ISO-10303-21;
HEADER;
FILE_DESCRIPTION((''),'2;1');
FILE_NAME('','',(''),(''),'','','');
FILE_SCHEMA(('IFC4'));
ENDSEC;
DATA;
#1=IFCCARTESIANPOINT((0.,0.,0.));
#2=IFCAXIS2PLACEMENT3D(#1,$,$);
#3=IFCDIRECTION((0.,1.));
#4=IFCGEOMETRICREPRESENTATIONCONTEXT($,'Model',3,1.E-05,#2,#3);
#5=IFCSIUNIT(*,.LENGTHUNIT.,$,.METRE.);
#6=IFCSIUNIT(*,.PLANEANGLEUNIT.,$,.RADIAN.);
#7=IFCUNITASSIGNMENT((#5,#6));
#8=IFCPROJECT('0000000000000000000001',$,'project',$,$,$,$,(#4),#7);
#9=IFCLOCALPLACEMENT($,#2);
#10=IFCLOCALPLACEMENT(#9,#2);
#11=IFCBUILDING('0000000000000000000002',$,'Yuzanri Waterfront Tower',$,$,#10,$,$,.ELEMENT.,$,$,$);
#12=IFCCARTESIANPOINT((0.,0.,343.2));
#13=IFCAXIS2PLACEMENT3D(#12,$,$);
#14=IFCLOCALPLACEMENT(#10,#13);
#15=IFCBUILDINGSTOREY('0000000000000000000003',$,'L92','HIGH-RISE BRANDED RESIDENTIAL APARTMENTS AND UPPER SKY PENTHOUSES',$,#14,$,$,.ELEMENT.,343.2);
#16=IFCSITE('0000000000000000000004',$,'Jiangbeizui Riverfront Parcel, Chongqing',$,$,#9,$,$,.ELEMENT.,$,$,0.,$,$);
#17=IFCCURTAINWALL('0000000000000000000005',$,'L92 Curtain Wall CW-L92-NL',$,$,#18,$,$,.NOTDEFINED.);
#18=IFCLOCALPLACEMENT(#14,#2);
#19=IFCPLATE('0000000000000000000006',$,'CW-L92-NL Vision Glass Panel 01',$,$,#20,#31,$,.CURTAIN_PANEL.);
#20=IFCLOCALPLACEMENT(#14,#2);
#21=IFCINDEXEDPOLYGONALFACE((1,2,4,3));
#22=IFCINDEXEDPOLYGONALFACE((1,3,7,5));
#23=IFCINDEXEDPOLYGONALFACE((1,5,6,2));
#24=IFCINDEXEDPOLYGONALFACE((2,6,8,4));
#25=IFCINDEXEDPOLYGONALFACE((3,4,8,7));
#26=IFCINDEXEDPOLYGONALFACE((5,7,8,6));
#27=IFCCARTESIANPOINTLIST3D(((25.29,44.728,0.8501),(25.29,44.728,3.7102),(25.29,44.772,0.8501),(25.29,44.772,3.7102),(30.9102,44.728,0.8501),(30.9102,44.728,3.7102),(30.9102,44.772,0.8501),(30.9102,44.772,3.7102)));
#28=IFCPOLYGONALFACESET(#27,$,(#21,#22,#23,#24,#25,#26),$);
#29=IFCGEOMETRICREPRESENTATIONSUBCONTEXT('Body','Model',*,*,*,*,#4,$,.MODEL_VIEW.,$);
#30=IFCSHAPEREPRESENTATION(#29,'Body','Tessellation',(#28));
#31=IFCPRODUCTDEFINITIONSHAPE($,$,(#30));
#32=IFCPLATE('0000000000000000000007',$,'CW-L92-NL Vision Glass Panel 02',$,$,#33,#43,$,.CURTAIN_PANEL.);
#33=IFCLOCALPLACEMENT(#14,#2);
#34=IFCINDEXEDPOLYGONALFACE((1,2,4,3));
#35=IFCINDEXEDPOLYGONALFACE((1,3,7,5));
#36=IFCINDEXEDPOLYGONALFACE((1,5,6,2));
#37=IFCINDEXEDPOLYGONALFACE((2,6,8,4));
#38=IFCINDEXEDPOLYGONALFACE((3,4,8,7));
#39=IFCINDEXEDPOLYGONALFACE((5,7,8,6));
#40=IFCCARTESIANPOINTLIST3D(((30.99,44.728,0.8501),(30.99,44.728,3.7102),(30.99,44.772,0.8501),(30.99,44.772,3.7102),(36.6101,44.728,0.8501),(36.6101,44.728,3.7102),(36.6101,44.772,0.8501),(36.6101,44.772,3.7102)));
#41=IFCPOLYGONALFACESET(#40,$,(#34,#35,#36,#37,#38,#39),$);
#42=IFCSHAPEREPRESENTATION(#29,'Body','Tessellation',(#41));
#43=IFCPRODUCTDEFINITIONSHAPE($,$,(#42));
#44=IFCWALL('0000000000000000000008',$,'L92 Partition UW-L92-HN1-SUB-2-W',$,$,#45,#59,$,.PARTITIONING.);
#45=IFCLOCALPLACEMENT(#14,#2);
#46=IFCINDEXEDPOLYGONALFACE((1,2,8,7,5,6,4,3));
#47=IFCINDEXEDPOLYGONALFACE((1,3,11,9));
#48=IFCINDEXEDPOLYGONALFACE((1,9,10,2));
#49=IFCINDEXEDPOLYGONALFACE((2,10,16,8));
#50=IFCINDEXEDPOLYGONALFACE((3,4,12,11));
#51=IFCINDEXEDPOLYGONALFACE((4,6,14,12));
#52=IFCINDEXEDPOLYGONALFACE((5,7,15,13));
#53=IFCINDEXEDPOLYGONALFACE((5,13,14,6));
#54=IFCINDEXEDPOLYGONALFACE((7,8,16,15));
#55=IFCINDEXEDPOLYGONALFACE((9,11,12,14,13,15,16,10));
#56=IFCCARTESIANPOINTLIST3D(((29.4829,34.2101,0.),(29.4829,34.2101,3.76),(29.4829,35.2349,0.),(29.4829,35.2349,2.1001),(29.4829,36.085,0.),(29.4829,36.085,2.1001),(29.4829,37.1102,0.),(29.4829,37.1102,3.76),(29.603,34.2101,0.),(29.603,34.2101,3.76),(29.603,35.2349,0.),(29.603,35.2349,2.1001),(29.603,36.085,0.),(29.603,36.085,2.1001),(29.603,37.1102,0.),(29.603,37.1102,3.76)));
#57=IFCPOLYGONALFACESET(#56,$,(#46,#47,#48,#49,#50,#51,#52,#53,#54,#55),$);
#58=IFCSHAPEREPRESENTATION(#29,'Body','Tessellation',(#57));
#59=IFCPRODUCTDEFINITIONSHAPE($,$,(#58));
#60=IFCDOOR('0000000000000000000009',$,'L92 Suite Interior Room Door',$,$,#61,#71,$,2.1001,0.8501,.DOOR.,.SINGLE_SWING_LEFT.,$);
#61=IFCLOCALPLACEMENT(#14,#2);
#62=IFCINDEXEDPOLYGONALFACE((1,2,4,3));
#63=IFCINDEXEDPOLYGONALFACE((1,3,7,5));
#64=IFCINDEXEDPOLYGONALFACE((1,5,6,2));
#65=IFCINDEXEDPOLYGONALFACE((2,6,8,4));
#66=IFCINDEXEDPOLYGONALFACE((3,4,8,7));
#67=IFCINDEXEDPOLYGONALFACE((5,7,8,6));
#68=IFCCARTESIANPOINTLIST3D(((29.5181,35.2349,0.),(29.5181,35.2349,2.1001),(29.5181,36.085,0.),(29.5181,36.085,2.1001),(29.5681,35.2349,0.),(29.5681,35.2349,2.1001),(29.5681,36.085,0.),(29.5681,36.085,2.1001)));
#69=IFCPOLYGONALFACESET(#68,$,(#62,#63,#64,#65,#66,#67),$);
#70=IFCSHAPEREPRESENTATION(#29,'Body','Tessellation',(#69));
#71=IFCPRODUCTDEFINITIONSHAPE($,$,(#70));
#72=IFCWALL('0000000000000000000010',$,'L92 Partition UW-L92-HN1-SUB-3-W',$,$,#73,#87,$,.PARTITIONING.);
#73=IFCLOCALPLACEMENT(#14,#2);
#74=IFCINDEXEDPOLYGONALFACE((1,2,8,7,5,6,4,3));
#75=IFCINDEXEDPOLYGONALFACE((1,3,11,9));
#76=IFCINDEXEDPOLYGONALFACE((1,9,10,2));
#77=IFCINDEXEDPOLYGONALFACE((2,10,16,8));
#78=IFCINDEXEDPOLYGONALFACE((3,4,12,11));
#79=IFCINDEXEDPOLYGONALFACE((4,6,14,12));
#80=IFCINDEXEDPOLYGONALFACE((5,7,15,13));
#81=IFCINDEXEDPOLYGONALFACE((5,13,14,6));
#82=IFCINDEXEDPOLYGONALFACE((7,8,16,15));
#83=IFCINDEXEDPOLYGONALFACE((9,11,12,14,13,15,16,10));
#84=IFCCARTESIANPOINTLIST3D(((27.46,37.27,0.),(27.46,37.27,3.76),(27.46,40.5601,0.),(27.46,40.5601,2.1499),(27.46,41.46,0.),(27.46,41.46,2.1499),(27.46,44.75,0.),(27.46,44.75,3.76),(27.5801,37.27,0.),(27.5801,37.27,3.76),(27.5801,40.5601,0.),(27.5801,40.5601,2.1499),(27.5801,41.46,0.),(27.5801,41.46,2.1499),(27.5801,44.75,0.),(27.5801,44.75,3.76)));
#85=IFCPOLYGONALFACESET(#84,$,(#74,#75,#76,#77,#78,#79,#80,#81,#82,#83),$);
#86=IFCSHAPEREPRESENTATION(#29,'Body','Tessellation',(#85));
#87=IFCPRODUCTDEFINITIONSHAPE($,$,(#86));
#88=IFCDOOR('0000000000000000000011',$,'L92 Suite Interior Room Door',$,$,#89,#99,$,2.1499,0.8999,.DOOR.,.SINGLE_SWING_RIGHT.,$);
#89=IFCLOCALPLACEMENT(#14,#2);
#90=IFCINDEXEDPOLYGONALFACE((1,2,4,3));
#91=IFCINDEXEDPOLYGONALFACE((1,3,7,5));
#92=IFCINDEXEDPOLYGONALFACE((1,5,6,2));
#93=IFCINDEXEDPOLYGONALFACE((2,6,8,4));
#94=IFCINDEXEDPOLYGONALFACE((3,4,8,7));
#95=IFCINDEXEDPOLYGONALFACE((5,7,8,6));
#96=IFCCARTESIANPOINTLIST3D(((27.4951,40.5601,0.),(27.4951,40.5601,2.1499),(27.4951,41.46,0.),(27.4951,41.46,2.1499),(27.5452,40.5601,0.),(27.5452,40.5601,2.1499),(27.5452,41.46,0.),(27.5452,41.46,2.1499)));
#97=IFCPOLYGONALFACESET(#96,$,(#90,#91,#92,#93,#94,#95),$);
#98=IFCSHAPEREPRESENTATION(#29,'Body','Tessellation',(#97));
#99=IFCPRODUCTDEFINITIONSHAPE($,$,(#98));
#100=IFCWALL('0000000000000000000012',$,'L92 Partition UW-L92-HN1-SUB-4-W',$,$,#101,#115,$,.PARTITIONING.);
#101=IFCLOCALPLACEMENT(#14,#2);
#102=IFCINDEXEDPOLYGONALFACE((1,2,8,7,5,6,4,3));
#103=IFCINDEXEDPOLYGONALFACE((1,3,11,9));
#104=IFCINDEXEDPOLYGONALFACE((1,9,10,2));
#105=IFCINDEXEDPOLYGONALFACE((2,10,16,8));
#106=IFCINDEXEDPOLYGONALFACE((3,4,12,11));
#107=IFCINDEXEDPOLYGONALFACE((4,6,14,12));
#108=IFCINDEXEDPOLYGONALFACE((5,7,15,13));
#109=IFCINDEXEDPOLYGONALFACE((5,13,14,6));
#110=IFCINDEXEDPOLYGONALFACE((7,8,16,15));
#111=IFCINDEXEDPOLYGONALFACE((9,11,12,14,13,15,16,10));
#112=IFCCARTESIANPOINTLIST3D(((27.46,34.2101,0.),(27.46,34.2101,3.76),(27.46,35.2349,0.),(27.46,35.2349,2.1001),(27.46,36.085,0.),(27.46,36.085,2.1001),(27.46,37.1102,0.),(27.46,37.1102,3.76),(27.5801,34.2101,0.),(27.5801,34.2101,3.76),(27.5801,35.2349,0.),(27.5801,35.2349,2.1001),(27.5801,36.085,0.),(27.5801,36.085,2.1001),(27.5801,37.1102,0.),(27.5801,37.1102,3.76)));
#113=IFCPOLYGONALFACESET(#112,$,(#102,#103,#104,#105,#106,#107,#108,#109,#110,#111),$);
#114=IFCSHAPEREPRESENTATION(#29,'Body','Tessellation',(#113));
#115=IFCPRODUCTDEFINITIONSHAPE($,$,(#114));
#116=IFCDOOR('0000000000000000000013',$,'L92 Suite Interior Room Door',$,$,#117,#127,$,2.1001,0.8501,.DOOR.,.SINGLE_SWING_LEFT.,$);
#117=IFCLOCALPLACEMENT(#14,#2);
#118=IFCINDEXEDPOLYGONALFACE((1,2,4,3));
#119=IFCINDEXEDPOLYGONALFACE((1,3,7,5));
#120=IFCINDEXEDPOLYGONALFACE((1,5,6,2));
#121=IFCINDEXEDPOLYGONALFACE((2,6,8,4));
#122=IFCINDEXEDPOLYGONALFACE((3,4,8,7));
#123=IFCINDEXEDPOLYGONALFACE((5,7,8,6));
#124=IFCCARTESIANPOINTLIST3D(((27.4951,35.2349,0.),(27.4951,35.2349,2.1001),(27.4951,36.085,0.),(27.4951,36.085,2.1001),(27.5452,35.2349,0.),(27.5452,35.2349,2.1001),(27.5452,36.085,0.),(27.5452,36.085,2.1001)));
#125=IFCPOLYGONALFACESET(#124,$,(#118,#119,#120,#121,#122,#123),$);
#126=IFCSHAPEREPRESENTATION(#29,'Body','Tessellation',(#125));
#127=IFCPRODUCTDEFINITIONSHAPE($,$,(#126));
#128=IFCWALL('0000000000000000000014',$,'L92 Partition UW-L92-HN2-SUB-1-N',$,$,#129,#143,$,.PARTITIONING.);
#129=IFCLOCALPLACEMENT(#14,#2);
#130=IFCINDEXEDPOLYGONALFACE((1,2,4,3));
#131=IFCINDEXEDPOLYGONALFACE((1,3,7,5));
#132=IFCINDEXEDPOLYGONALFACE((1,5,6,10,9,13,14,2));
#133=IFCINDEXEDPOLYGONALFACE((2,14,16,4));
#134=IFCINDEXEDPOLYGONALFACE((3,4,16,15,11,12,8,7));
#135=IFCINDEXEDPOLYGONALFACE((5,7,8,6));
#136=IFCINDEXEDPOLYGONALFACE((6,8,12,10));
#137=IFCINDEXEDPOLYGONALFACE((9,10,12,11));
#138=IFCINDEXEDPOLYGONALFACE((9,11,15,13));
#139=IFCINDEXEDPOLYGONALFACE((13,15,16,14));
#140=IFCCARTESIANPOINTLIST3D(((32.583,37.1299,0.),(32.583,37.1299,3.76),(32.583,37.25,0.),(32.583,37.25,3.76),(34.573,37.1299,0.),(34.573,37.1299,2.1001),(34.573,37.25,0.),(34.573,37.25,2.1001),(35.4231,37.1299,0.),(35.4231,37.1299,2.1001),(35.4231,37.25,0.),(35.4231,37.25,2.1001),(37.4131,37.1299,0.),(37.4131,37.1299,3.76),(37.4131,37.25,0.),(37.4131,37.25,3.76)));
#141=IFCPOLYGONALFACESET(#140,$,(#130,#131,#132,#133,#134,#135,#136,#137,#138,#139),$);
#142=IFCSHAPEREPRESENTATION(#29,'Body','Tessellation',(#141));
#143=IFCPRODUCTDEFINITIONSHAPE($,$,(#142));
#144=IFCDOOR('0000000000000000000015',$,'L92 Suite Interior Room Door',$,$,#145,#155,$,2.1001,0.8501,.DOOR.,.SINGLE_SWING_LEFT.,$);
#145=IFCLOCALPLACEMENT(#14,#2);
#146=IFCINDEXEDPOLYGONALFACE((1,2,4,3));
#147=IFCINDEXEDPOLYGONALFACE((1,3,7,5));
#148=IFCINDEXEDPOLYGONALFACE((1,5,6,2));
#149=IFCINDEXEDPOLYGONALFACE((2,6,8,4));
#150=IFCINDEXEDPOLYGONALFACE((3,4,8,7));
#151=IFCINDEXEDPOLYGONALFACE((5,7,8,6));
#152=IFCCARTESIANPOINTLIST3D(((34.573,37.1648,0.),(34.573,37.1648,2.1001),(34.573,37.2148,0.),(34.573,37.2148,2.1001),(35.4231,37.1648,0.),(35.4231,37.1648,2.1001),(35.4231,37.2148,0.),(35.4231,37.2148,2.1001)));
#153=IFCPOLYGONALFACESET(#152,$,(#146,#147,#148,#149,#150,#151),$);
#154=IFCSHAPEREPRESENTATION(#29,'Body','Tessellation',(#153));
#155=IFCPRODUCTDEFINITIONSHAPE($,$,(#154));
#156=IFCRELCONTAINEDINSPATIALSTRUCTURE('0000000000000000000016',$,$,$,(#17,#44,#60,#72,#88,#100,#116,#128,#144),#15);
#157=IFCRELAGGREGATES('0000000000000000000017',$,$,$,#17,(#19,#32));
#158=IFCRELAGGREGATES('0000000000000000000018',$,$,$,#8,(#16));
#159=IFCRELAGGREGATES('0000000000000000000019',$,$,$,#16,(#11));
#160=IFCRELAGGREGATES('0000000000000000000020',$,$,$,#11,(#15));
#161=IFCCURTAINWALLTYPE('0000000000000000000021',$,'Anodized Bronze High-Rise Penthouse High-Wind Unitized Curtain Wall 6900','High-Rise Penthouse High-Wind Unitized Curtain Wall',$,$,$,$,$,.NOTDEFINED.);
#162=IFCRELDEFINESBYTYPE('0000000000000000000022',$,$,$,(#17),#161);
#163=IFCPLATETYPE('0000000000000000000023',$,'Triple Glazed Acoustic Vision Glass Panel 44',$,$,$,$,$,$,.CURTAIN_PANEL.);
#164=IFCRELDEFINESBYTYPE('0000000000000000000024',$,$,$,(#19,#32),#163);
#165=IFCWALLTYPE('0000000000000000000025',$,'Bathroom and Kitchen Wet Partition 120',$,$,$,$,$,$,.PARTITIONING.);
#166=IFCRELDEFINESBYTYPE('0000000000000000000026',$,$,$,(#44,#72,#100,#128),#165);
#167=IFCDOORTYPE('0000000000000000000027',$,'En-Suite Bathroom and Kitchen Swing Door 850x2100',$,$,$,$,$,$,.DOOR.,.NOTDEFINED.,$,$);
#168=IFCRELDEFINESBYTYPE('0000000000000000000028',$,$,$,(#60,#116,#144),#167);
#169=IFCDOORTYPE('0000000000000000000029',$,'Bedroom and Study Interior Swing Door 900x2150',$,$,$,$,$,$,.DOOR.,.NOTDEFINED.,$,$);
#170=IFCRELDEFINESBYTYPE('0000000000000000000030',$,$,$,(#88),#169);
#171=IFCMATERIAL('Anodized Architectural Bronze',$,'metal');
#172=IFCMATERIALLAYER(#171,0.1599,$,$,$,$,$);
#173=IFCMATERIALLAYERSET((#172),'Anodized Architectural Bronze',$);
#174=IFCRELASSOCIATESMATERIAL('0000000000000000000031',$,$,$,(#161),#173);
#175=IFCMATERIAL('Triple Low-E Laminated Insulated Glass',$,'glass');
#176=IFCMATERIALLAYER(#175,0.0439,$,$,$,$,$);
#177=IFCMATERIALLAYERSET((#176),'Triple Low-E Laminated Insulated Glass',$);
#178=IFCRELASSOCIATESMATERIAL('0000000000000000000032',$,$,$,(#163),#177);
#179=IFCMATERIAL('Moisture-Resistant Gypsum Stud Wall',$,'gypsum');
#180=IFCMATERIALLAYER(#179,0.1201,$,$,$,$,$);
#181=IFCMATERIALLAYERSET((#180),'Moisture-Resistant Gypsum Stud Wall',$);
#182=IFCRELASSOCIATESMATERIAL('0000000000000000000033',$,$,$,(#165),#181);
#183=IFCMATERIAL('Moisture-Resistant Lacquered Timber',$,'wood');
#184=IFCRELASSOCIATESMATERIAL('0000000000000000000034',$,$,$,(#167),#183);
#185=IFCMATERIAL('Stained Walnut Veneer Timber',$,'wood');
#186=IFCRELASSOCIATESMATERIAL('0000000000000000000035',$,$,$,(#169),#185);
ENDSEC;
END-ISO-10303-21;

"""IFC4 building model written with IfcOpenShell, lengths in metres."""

from ifc_helpers import new_model, si_unit, direction, frame, frame_2d, origin, origin_2d, place, context, subcontext, project, spatial, rectangle, extrude, source, transform, mapped, material, layer, layer_set, type_object, element, fill, aggregate, save


model = new_model("IFC4")

# Units and contexts
model_context = context("Model", 3, precision=1e-05, world=origin(), true_north=direction((0.0, 1.0)))
body_context = subcontext(model_context, "Body", "Model", "MODEL_VIEW")
ifc_project = project(units=[si_unit("LENGTHUNIT", "METRE"), si_unit("PLANEANGLEUNIT", "RADIAN")], contexts=[model_context])

# Site, building, storey
site_placement = place(None, origin())
site = spatial("IfcSite", under=ifc_project, at=site_placement, Name="Jiangbeizui Riverfront Parcel, Chongqing", CompositionType="ELEMENT", RefElevation=0.0)
building_placement = place(site_placement, origin())
building = spatial("IfcBuilding", under=site, at=building_placement, Name="Yuzanri Waterfront Tower", CompositionType="ELEMENT")
storey_placement = place(building_placement, frame((0.0, 0.0, 343.2)))
storey = spatial("IfcBuildingStorey", under=building, at=storey_placement, Name="L92", Description="HIGH-RISE BRANDED RESIDENTIAL APARTMENTS AND UPPER SKY PENTHOUSES", CompositionType="ELEMENT", Elevation=343.2)

# Curtain wall, plates
ifc_material_1 = material(Name="Anodized Architectural Bronze", Category="metal")
ifc_layer_1 = layer(ifc_material_1, 0.1599)
ifc_layer_set_1 = layer_set([ifc_layer_1], Name="Anodized Architectural Bronze")
curtain_wall_type = type_object("IfcCurtainWallType", Name="Anodized Bronze High-Rise Penthouse High-Wind Unitized Curtain Wall 6900", Description="High-Rise Penthouse High-Wind Unitized Curtain Wall", PredefinedType="NOTDEFINED", material=ifc_layer_set_1)
curtain_wall_placement = place(storey_placement, origin())
curtain_wall = element("IfcCurtainWall", 1, at=curtain_wall_placement, inside=storey, type_object=curtain_wall_type, Name="L92 Curtain Wall CW-L92-NL", PredefinedType="NOTDEFINED")
ifc_material_2 = material(Name="Triple Low-E Laminated Insulated Glass", Category="glass")
ifc_layer_2 = layer(ifc_material_2, 0.0439)
ifc_layer_set_2 = layer_set([ifc_layer_2], Name="Triple Low-E Laminated Insulated Glass")
plate_type_1 = type_object("IfcPlateType", Name="Triple Glazed Acoustic Vision Glass Panel 44", PredefinedType="CURTAIN_PANEL", material=ifc_layer_set_2)
shared_shape_1 = source(origin(), body_context, "Body", "SweptSolid", [
    extrude(rectangle(XDim=5.6201, YDim=0.0439, at=origin_2d()), origin(), (0.0, 0.0, 1.0), 2.8601),
])
plate_1_placement = place(storey_placement, frame((28.1001, 44.75, 0.8501), z_axis=(0.0, 0.0, 1.0), x_axis=(1.0, 0.0, 0.0)))
plate_1 = element("IfcPlate", 2, at=plate_1_placement, type_object=plate_type_1, Name="CW-L92-NL Vision Glass Panel 01", PredefinedType="CURTAIN_PANEL", context=body_context, shape_type="MappedRepresentation", body=[
    mapped(shared_shape_1, transform((0.0, 0.0, 0.0), scale=1.0)),
])
plate_2_placement = place(storey_placement, frame((33.8, 44.75, 0.8501), z_axis=(0.0, 0.0, 1.0), x_axis=(1.0, 0.0, 0.0)))
plate_2 = element("IfcPlate", 3, at=plate_2_placement, type_object=plate_type_1, Name="CW-L92-NL Vision Glass Panel 02", PredefinedType="CURTAIN_PANEL", context=body_context, shape_type="MappedRepresentation", body=[
    mapped(shared_shape_1, transform((0.0, 0.0, 0.0), scale=1.0)),
])
aggregate(curtain_wall, [plate_1, plate_2])

# Walls, openings, doors
ifc_material_3 = material(Name="Moisture-Resistant Gypsum Stud Wall", Category="gypsum")
ifc_layer_3 = layer(ifc_material_3, 0.1201)
ifc_layer_set_3 = layer_set([ifc_layer_3], Name="Moisture-Resistant Gypsum Stud Wall")
wall_type_1 = type_object("IfcWallType", Name="Bathroom and Kitchen Wet Partition 120", PredefinedType="PARTITIONING", material=ifc_layer_set_3)
wall_1_placement = place(storey_placement, frame((29.543, 34.21, 0.0), z_axis=(0.0, 0.0, 1.0), x_axis=(0.0, 1.0, 0.0)))
wall_1 = element("IfcWall", 4, at=wall_1_placement, inside=storey, type_object=wall_type_1, Name="L92 Partition UW-L92-HN1-SUB-2-W", PredefinedType="PARTITIONING", context=body_context, shape_type="SweptSolid", body=[
    extrude(rectangle(XDim=2.9001, YDim=0.1201, at=frame_2d((1.4502, 0.0))), origin(), (0.0, 0.0, 1.0), 3.76),
])
opening_1_placement = place(wall_1_placement, frame((1.0249, 0.0, 0.0)))
opening_1 = element("IfcOpeningElement", 5, at=opening_1_placement, cuts=wall_1, PredefinedType="OPENING", context=body_context, shape_type="SweptSolid", body=[
    extrude(rectangle(XDim=0.8501, YDim=2.1001, at=frame_2d((0.425, 1.05))), frame((0.0, 0.075, 0.0), z_axis=(0.0, -1.0, 0.0), x_axis=(1.0, 0.0, 0.0)), (0.0, 0.0, 1.0), 0.1499),
])
ifc_material_4 = material(Name="Moisture-Resistant Lacquered Timber", Category="wood")
door_type_1 = type_object("IfcDoorType", Name="En-Suite Bathroom and Kitchen Swing Door 850x2100", OperationType="NOTDEFINED", PredefinedType="DOOR", material=ifc_material_4)
shared_shape_2 = source(origin(), body_context, "Body", "SweptSolid", [
    extrude(rectangle(XDim=0.8501, YDim=2.1001, at=frame_2d((0.425, 1.05))), frame((0.0, 0.0249, 0.0), z_axis=(0.0, -1.0, 0.0), x_axis=(1.0, 0.0, 0.0)), (0.0, 0.0, 1.0), 0.05),
])
door_1_placement = place(opening_1_placement, origin())
door_1 = element("IfcDoor", 6, at=door_1_placement, inside=storey, type_object=door_type_1, Name="L92 Suite Interior Room Door", OperationType="SINGLE_SWING_LEFT", OverallHeight=2.1001, OverallWidth=0.8501, PredefinedType="DOOR", context=body_context, shape_type="MappedRepresentation", body=[
    mapped(shared_shape_2, transform((0.0, 0.0, 0.0), scale=1.0)),
])
fill(opening_1, door_1)
wall_2_placement = place(storey_placement, frame((27.52, 37.27, 0.0), z_axis=(0.0, 0.0, 1.0), x_axis=(0.0, 1.0, 0.0)))
wall_2 = element("IfcWall", 7, at=wall_2_placement, inside=storey, type_object=wall_type_1, Name="L92 Partition UW-L92-HN1-SUB-3-W", PredefinedType="PARTITIONING", context=body_context, shape_type="SweptSolid", body=[
    extrude(rectangle(XDim=7.48, YDim=0.1201, at=frame_2d((3.74, 0.0))), origin(), (0.0, 0.0, 1.0), 3.76),
])
opening_2_placement = place(wall_2_placement, frame((3.29, 0.0, 0.0)))
opening_2 = element("IfcOpeningElement", 8, at=opening_2_placement, cuts=wall_2, PredefinedType="OPENING", context=body_context, shape_type="SweptSolid", body=[
    extrude(rectangle(XDim=0.8999, YDim=2.1499, at=frame_2d((0.45, 1.075))), frame((0.0, 0.075, 0.0), z_axis=(0.0, -1.0, 0.0), x_axis=(1.0, 0.0, 0.0)), (0.0, 0.0, 1.0), 0.1499),
])
ifc_material_5 = material(Name="Stained Walnut Veneer Timber", Category="wood")
door_type_2 = type_object("IfcDoorType", Name="Bedroom and Study Interior Swing Door 900x2150", OperationType="NOTDEFINED", PredefinedType="DOOR", material=ifc_material_5)
shared_shape_3 = source(origin(), body_context, "Body", "SweptSolid", [
    extrude(rectangle(XDim=0.8999, YDim=2.1499, at=frame_2d((0.45, 1.075))), frame((0.0, 0.0249, 0.0), z_axis=(0.0, -1.0, 0.0), x_axis=(1.0, 0.0, 0.0)), (0.0, 0.0, 1.0), 0.05),
])
door_2_placement = place(opening_2_placement, origin())
door_2 = element("IfcDoor", 9, at=door_2_placement, inside=storey, type_object=door_type_2, Name="L92 Suite Interior Room Door", OperationType="SINGLE_SWING_RIGHT", OverallHeight=2.1499, OverallWidth=0.8999, PredefinedType="DOOR", context=body_context, shape_type="MappedRepresentation", body=[
    mapped(shared_shape_3, transform((0.0, 0.0, 0.0), scale=1.0)),
])
fill(opening_2, door_2)
wall_3_placement = place(storey_placement, frame((27.52, 34.21, 0.0), z_axis=(0.0, 0.0, 1.0), x_axis=(0.0, 1.0, 0.0)))
wall_3 = element("IfcWall", 10, at=wall_3_placement, inside=storey, type_object=wall_type_1, Name="L92 Partition UW-L92-HN1-SUB-4-W", PredefinedType="PARTITIONING", context=body_context, shape_type="SweptSolid", body=[
    extrude(rectangle(XDim=2.9001, YDim=0.1201, at=frame_2d((1.4502, 0.0))), origin(), (0.0, 0.0, 1.0), 3.76),
])
opening_3_placement = place(wall_3_placement, frame((1.0249, 0.0, 0.0)))
opening_3 = element("IfcOpeningElement", 11, at=opening_3_placement, cuts=wall_3, PredefinedType="OPENING", context=body_context, shape_type="SweptSolid", body=[
    extrude(rectangle(XDim=0.8501, YDim=2.1001, at=frame_2d((0.425, 1.05))), frame((0.0, 0.075, 0.0), z_axis=(0.0, -1.0, 0.0), x_axis=(1.0, 0.0, 0.0)), (0.0, 0.0, 1.0), 0.1499),
])
door_3_placement = place(opening_3_placement, origin())
door_3 = element("IfcDoor", 12, at=door_3_placement, inside=storey, type_object=door_type_1, Name="L92 Suite Interior Room Door", OperationType="SINGLE_SWING_LEFT", OverallHeight=2.1001, OverallWidth=0.8501, PredefinedType="DOOR", context=body_context, shape_type="MappedRepresentation", body=[
    mapped(shared_shape_2, transform((0.0, 0.0, 0.0), scale=1.0)),
])
fill(opening_3, door_3)
wall_4_placement = place(storey_placement, frame((32.583, 37.1899, 0.0), z_axis=(0.0, 0.0, 1.0), x_axis=(1.0, 0.0, 0.0)))
wall_4 = element("IfcWall", 13, at=wall_4_placement, inside=storey, type_object=wall_type_1, Name="L92 Partition UW-L92-HN2-SUB-1-N", PredefinedType="PARTITIONING", context=body_context, shape_type="SweptSolid", body=[
    extrude(rectangle(XDim=4.8301, YDim=0.1201, at=frame_2d((2.415, 0.0))), origin(), (0.0, 0.0, 1.0), 3.76),
])
opening_4_placement = place(wall_4_placement, frame((1.99, 0.0, 0.0)))
opening_4 = element("IfcOpeningElement", 14, at=opening_4_placement, cuts=wall_4, PredefinedType="OPENING", context=body_context, shape_type="SweptSolid", body=[
    extrude(rectangle(XDim=0.8501, YDim=2.1001, at=frame_2d((0.425, 1.05))), frame((0.0, 0.075, 0.0), z_axis=(0.0, -1.0, 0.0), x_axis=(1.0, 0.0, 0.0)), (0.0, 0.0, 1.0), 0.1499),
])
door_4_placement = place(opening_4_placement, origin())
door_4 = element("IfcDoor", 15, at=door_4_placement, inside=storey, type_object=door_type_1, Name="L92 Suite Interior Room Door", OperationType="SINGLE_SWING_LEFT", OverallHeight=2.1001, OverallWidth=0.8501, PredefinedType="DOOR", context=body_context, shape_type="MappedRepresentation", body=[
    mapped(shared_shape_2, transform((0.0, 0.0, 0.0), scale=1.0)),
])
fill(opening_4, door_4)

save(model, "model.ifc")
